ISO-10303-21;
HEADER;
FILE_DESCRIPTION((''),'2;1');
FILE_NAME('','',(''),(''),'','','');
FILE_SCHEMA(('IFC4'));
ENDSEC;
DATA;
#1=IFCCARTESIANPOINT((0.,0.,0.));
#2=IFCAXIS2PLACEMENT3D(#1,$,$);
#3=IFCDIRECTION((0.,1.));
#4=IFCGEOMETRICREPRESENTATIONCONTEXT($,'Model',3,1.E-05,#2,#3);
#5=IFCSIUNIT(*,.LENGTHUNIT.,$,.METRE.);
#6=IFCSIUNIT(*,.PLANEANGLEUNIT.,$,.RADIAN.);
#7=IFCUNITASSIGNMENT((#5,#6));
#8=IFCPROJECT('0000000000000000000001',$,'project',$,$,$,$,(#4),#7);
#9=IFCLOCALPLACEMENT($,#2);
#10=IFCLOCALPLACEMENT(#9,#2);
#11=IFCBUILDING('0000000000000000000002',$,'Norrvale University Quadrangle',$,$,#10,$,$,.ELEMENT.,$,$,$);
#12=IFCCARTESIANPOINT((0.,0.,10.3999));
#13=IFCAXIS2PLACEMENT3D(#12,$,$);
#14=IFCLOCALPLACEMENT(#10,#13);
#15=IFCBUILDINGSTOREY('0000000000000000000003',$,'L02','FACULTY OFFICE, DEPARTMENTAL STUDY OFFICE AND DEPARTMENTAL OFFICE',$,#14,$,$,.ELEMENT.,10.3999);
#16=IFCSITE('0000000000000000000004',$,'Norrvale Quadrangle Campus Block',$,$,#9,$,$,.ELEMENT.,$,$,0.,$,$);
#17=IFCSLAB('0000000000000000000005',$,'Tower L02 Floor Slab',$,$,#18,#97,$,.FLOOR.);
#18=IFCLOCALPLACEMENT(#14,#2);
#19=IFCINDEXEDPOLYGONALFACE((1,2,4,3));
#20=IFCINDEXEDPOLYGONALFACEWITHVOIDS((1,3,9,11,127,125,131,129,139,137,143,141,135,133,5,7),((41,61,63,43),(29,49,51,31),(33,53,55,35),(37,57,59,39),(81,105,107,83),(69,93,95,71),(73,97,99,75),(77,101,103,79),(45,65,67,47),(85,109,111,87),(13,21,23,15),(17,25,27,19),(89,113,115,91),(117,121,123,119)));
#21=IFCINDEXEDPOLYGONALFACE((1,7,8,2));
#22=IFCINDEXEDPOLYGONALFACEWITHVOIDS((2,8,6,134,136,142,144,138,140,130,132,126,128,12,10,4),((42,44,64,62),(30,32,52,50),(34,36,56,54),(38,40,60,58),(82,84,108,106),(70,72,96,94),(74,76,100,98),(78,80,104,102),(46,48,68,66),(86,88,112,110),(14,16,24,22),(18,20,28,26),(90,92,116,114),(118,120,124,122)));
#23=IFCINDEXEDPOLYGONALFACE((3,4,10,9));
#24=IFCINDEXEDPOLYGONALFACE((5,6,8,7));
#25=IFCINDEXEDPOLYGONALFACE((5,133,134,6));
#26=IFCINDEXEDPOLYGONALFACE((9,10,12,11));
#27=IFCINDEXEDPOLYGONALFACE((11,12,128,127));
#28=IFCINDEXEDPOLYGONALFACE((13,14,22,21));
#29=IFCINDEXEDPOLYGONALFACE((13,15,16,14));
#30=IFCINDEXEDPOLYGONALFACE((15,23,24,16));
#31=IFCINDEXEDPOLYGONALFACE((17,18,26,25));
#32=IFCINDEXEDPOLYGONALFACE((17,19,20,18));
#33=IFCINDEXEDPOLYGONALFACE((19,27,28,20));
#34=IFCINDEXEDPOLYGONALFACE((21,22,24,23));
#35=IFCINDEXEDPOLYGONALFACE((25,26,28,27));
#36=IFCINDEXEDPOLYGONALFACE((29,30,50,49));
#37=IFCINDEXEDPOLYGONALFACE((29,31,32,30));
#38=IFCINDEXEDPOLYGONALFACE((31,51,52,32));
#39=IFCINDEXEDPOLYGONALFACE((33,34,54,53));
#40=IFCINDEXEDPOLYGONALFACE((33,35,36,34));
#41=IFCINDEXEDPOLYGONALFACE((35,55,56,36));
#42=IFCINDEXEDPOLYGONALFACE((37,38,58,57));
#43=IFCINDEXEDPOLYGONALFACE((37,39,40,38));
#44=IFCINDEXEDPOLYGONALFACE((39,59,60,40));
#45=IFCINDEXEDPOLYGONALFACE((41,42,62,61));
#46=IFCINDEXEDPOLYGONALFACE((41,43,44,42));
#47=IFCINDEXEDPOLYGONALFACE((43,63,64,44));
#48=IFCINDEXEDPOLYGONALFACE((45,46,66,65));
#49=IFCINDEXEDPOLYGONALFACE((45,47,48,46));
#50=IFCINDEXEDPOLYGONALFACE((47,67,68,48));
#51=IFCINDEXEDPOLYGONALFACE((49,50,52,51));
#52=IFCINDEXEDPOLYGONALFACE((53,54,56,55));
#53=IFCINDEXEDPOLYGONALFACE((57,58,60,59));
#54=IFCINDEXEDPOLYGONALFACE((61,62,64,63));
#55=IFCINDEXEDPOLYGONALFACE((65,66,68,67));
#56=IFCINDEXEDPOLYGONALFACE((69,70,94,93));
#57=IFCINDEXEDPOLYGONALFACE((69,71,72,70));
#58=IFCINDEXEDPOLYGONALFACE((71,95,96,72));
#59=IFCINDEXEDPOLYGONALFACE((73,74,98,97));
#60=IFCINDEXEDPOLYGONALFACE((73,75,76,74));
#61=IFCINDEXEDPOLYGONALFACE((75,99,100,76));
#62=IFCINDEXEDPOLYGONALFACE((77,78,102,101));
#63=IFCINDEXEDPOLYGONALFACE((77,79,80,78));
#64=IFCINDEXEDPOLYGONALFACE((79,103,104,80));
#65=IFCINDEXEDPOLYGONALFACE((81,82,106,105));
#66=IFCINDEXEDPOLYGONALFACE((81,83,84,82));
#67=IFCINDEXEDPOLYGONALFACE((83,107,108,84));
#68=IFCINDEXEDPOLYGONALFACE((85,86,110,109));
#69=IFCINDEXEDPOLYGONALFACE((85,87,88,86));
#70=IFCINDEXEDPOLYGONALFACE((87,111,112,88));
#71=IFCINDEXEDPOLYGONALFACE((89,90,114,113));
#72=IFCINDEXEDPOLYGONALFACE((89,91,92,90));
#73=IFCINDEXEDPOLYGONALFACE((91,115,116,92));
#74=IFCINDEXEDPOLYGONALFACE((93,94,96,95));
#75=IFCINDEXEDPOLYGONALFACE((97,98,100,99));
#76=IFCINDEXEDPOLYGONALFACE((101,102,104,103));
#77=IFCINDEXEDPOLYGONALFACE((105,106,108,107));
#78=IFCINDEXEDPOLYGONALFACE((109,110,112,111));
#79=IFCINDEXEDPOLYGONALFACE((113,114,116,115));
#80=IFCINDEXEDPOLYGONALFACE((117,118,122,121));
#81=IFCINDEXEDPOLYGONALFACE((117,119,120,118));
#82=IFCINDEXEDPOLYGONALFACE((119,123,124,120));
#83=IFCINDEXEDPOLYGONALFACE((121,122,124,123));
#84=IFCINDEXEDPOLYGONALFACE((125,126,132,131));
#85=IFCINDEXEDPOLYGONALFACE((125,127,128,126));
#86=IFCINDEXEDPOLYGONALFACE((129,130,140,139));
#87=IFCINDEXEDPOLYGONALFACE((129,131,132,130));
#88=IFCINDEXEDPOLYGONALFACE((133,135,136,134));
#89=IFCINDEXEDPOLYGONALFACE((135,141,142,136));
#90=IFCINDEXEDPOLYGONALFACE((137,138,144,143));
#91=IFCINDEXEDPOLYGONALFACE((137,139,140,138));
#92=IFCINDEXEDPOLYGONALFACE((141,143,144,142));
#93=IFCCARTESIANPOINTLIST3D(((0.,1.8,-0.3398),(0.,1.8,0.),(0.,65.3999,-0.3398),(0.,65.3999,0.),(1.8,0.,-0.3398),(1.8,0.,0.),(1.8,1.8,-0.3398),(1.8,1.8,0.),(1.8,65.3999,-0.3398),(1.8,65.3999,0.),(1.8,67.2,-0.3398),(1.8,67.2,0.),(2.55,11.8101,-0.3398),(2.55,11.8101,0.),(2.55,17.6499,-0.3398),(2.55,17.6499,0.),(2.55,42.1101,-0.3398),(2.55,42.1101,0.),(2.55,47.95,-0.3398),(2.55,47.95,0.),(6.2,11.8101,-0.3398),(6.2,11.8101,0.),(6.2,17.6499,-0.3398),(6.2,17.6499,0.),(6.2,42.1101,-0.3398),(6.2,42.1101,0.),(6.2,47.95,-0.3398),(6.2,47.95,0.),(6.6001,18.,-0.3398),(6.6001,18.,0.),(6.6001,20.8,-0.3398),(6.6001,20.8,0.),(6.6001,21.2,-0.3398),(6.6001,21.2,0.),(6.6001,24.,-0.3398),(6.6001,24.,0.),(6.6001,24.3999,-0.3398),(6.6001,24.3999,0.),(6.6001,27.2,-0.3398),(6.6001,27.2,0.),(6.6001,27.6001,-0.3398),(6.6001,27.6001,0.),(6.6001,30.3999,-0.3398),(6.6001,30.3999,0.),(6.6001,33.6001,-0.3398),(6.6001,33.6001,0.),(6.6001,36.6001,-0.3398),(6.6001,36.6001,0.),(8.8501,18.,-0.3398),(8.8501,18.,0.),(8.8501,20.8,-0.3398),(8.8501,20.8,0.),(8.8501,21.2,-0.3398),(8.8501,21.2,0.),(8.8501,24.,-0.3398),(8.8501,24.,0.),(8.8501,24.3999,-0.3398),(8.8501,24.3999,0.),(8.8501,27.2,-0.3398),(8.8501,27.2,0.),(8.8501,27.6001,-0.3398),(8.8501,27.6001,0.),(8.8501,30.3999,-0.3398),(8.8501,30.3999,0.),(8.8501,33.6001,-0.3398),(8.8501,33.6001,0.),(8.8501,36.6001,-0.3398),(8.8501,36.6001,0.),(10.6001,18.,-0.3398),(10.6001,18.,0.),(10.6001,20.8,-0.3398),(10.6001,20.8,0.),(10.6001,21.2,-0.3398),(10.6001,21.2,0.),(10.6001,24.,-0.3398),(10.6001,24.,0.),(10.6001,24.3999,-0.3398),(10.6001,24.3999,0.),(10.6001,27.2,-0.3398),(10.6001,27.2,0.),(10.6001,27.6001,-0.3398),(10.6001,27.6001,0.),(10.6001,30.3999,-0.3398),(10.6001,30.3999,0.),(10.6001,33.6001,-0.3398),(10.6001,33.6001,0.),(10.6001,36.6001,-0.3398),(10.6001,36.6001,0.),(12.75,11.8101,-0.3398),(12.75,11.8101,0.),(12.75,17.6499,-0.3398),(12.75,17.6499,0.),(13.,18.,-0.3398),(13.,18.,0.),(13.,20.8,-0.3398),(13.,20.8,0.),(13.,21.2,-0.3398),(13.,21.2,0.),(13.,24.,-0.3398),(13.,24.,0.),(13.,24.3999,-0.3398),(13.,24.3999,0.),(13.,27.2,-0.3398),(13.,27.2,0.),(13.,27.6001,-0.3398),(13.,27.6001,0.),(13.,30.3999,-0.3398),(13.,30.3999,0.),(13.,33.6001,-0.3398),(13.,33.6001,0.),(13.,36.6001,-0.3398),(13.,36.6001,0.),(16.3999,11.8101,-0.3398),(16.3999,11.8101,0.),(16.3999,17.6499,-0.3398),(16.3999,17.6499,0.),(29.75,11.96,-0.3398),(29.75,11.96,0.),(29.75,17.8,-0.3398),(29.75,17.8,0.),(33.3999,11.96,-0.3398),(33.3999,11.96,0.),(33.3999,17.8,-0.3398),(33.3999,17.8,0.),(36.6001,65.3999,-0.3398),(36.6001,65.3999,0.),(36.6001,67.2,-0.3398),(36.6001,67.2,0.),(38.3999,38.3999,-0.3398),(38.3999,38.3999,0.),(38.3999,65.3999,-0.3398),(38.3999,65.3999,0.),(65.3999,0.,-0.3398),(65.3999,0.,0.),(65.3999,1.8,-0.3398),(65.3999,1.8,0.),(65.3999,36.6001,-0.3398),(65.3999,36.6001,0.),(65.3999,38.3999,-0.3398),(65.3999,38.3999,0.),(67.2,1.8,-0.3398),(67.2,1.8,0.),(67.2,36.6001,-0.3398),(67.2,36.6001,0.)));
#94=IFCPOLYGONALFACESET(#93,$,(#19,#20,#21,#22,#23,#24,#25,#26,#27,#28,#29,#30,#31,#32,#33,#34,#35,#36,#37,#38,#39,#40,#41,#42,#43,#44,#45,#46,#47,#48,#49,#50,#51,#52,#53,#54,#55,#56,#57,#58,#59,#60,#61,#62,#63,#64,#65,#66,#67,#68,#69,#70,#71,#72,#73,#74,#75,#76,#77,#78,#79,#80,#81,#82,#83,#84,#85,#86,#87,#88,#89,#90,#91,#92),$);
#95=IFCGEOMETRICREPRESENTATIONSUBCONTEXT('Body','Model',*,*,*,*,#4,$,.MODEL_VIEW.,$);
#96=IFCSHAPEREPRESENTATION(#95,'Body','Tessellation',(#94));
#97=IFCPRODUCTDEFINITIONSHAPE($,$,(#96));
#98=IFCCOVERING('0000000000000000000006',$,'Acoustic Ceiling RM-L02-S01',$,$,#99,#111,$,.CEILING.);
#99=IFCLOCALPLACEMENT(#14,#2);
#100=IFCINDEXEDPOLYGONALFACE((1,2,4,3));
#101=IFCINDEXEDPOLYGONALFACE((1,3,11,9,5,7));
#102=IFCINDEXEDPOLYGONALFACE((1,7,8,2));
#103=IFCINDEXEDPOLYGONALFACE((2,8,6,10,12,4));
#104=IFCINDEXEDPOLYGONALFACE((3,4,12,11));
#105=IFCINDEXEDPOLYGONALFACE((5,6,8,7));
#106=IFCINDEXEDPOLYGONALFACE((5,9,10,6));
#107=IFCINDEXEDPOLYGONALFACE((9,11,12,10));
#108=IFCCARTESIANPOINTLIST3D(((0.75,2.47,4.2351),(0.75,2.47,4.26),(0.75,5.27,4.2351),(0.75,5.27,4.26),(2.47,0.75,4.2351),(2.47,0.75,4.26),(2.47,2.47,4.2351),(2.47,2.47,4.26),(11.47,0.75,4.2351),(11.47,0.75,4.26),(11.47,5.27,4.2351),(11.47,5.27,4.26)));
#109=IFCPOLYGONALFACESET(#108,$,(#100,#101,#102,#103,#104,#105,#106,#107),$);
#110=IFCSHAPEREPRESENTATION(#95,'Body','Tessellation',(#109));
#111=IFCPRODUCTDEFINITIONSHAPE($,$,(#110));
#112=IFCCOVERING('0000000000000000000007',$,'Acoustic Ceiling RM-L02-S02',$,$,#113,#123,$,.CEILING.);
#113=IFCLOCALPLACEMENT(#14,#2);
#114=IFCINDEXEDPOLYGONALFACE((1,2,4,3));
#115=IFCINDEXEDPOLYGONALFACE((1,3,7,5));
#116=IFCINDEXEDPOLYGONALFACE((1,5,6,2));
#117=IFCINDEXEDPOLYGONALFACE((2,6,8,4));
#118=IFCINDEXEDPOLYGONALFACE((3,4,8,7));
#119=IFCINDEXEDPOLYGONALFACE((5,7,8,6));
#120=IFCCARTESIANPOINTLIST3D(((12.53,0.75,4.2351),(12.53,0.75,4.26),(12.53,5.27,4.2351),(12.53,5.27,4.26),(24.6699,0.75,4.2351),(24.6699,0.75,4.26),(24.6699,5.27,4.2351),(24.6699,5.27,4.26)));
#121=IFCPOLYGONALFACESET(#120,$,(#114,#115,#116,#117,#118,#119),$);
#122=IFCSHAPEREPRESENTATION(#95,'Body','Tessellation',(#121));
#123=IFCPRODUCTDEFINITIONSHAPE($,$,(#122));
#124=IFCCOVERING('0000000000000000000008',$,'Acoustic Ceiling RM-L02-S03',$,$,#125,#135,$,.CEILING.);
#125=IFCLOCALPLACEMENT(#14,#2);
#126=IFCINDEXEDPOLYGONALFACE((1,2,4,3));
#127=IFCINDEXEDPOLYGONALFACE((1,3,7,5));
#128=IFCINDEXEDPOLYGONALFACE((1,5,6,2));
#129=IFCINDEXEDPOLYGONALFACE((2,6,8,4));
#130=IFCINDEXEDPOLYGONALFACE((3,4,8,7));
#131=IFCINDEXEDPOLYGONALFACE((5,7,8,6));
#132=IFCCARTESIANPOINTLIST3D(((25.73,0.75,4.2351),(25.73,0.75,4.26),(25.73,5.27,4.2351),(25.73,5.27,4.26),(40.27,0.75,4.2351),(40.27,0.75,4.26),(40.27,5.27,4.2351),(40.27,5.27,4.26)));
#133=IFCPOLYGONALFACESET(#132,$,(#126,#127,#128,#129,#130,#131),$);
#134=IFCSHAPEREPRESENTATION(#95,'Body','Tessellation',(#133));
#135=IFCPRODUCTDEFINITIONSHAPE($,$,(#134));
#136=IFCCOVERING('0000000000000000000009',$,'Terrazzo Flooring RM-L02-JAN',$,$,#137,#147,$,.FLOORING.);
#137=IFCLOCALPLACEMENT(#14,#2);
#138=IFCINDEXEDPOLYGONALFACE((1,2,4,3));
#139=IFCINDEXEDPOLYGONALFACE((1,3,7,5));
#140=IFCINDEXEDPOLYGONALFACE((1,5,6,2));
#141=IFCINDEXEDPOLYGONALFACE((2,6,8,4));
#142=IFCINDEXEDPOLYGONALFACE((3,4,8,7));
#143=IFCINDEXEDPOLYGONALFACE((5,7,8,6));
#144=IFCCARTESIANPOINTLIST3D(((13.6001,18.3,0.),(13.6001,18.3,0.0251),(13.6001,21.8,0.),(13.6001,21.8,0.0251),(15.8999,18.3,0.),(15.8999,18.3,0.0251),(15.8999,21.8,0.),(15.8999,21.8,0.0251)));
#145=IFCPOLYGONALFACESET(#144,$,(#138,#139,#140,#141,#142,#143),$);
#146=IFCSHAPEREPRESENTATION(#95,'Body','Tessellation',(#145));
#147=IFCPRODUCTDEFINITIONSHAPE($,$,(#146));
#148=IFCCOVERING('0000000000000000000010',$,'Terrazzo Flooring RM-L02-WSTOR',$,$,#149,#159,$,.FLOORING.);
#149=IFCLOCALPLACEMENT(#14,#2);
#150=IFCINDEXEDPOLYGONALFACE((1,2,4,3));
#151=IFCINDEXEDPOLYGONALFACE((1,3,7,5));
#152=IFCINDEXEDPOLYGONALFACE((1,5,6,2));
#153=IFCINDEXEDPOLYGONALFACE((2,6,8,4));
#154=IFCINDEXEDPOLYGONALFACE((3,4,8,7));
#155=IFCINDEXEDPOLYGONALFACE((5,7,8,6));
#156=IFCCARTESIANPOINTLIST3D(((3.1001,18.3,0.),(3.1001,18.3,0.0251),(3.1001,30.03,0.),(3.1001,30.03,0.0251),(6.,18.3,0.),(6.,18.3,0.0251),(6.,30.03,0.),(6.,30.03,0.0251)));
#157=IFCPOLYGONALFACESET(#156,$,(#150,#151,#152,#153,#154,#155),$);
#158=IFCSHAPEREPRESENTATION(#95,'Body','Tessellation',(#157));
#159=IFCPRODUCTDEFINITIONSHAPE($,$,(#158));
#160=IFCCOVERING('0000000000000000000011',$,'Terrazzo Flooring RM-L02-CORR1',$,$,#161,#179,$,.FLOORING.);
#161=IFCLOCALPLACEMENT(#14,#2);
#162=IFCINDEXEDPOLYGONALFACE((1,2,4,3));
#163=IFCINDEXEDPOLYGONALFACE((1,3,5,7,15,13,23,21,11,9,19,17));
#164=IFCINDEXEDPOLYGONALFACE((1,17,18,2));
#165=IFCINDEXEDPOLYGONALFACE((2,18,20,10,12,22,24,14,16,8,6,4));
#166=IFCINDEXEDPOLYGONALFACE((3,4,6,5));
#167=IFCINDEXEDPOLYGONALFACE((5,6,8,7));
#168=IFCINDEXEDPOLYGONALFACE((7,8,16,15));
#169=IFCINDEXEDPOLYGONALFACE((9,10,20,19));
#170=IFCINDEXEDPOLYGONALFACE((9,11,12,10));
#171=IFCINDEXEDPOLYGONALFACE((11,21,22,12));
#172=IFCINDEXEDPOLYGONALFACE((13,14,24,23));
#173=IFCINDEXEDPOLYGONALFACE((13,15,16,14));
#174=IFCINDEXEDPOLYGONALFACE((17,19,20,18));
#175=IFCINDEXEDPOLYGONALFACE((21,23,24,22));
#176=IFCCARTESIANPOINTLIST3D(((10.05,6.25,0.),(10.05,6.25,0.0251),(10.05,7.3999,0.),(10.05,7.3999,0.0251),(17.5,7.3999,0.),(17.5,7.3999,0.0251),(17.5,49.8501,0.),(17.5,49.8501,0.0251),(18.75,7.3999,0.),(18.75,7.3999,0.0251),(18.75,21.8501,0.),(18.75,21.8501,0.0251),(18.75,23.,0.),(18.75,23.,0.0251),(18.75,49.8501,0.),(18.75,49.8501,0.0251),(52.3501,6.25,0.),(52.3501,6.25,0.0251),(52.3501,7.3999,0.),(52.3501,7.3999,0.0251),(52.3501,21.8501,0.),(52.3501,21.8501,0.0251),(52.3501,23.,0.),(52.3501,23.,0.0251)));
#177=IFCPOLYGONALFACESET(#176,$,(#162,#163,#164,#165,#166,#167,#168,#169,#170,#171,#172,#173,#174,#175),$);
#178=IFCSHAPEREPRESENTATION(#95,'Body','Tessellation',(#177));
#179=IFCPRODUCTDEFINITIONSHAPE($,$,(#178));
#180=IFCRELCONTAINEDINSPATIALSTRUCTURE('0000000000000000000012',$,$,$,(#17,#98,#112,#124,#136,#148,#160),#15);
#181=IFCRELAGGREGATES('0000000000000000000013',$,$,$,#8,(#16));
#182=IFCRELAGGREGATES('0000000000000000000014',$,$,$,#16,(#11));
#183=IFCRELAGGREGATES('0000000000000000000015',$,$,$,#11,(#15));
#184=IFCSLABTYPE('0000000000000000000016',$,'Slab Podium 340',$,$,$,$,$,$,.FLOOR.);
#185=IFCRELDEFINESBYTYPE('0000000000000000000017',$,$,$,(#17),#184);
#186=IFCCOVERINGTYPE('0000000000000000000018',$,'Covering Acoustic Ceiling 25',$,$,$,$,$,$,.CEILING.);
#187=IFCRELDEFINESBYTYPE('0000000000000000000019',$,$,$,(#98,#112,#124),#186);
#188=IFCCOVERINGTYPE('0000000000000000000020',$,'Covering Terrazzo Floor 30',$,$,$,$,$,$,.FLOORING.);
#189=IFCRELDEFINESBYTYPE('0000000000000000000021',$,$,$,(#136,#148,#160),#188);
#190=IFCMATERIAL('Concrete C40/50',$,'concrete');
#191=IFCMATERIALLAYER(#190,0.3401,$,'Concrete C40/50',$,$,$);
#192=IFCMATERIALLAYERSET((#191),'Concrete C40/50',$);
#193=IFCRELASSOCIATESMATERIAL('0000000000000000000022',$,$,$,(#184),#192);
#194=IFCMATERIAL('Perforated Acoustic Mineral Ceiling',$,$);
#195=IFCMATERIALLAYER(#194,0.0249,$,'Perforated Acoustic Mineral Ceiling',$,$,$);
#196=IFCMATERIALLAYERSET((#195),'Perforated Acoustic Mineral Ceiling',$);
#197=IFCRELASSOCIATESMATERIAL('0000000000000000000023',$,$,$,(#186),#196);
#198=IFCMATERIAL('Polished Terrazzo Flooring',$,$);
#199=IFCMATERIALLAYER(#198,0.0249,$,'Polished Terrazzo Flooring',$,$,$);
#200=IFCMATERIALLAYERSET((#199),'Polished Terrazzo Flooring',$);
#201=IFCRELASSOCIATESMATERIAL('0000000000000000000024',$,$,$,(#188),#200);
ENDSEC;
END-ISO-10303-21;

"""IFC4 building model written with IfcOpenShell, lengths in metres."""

from ifc_helpers import new_model, si_unit, direction, frame, origin, place, context, subcontext, project, spatial, polyline, outline, extrude, material, layer, layer_set, type_object, element, save


model = new_model("IFC4")

# Units and contexts
model_context = context("Model", 3, precision=1e-05, world=origin(), true_north=direction((0.0, 1.0)))
body_context = subcontext(model_context, "Body", "Model", "MODEL_VIEW")
ifc_project = project(units=[si_unit("LENGTHUNIT", "METRE"), si_unit("PLANEANGLEUNIT", "RADIAN")], contexts=[model_context])

# Site, building, storey
site_placement = place(None, origin())
site = spatial("IfcSite", under=ifc_project, at=site_placement, Name="Norrvale Quadrangle Campus Block", CompositionType="ELEMENT", RefElevation=0.0)
building_placement = place(site_placement, origin())
building = spatial("IfcBuilding", under=site, at=building_placement, Name="Norrvale University Quadrangle", CompositionType="ELEMENT")
storey_placement = place(building_placement, frame((0.0, 0.0, 10.3999)))
storey = spatial("IfcBuildingStorey", under=building, at=storey_placement, Name="L02", Description="FACULTY OFFICE, DEPARTMENTAL STUDY OFFICE AND DEPARTMENTAL OFFICE", CompositionType="ELEMENT", Elevation=10.3999)

# Shared definitions
ifc_material_1 = material(Name="Concrete C40/50", Category="concrete")

# Slab
ifc_layer_1 = layer(ifc_material_1, 0.3401, Name="Concrete C40/50")
ifc_layer_set_1 = layer_set([ifc_layer_1], Name="Concrete C40/50")
slab_type_1 = type_object("IfcSlabType", Name="Slab Podium 340", PredefinedType="FLOOR", material=ifc_layer_set_1)
slab_1_placement = place(storey_placement, frame((0.0, 0.0, -0.3398)))
element("IfcSlab", 1, at=slab_1_placement, inside=storey, type_object=slab_type_1, Name="Tower L02 Floor Slab", PredefinedType="FLOOR", context=body_context, shape_type="SweptSolid", body=[
    extrude(outline(polyline([(1.8, 0.0), (65.3999, 0.0), (65.3999, 1.8), (67.2, 1.8), (67.2, 36.6001), (65.3999, 36.6001), (65.3999, 38.3999), (38.3999, 38.3999), (38.3999, 65.3999), (36.6001, 65.3999), (36.6001, 67.2), (1.8, 67.2), (1.8, 65.3999), (0.0, 65.3999), (0.0, 1.8), (1.8, 1.8), (1.8, 0.0)]), holes=[polyline([(2.55, 11.8101), (6.2, 11.8101), (6.2, 17.6499), (2.55, 17.6499), (2.55, 11.8101)]), polyline([(2.55, 42.1101), (6.2, 42.1101), (6.2, 47.95), (2.55, 47.95), (2.55, 42.1101)]), polyline([(12.75, 11.8101), (16.3999, 11.8101), (16.3999, 17.6499), (12.75, 17.6499), (12.75, 11.8101)]), polyline([(29.75, 11.96), (33.3999, 11.96), (33.3999, 17.8), (29.75, 17.8), (29.75, 11.96)]), polyline([(6.6001, 18.0), (8.8501, 18.0), (8.8501, 20.8), (6.6001, 20.8), (6.6001, 18.0)]), polyline([(6.6001, 21.2), (8.8501, 21.2), (8.8501, 24.0), (6.6001, 24.0), (6.6001, 21.2)]), polyline([(6.6001, 24.3999), (8.8501, 24.3999), (8.8501, 27.2), (6.6001, 27.2), (6.6001, 24.3999)]), polyline([(6.6001, 27.6001), (8.8501, 27.6001), (8.8501, 30.3999), (6.6001, 30.3999), (6.6001, 27.6001)]), polyline([(10.6001, 18.0), (13.0, 18.0), (13.0, 20.8), (10.6001, 20.8), (10.6001, 18.0)]), polyline([(10.6001, 21.2), (13.0, 21.2), (13.0, 24.0), (10.6001, 24.0), (10.6001, 21.2)]), polyline([(10.6001, 24.3999), (13.0, 24.3999), (13.0, 27.2), (10.6001, 27.2), (10.6001, 24.3999)]), polyline([(10.6001, 27.6001), (13.0, 27.6001), (13.0, 30.3999), (10.6001, 30.3999), (10.6001, 27.6001)]), polyline([(6.6001, 33.6001), (8.8501, 33.6001), (8.8501, 36.6001), (6.6001, 36.6001), (6.6001, 33.6001)]), polyline([(10.6001, 33.6001), (13.0, 33.6001), (13.0, 36.6001), (10.6001, 36.6001), (10.6001, 33.6001)])]), origin(), (0.0, 0.0, 1.0), 0.3398),
])

# Coverings
ifc_material_2 = material(Name="Perforated Acoustic Mineral Ceiling")
ifc_layer_2 = layer(ifc_material_2, 0.0249, Name="Perforated Acoustic Mineral Ceiling")
ifc_layer_set_2 = layer_set([ifc_layer_2], Name="Perforated Acoustic Mineral Ceiling")
covering_type_1 = type_object("IfcCoveringType", Name="Covering Acoustic Ceiling 25", PredefinedType="CEILING", material=ifc_layer_set_2)
covering_1_placement = place(storey_placement, frame((0.0, 0.0, 4.2351)))
element("IfcCovering", 2, at=covering_1_placement, inside=storey, type_object=covering_type_1, Name="Acoustic Ceiling RM-L02-S01", PredefinedType="CEILING", context=body_context, shape_type="SweptSolid", body=[
    extrude(outline(polyline([(0.75, 5.27), (11.47, 5.27), (11.47, 0.75), (2.47, 0.75), (2.47, 2.47), (0.75, 2.47), (0.75, 5.27)])), origin(), (0.0, 0.0, 1.0), 0.0249),
])
covering_2_placement = place(storey_placement, frame((0.0, 0.0, 4.2351)))
element("IfcCovering", 3, at=covering_2_placement, inside=storey, type_object=covering_type_1, Name="Acoustic Ceiling RM-L02-S02", PredefinedType="CEILING", context=body_context, shape_type="SweptSolid", body=[
    extrude(outline(polyline([(12.53, 5.27), (24.6699, 5.27), (24.6699, 0.75), (12.53, 0.75), (12.53, 5.27)])), origin(), (0.0, 0.0, 1.0), 0.0249),
])
covering_3_placement = place(storey_placement, frame((0.0, 0.0, 4.2351)))
element("IfcCovering", 4, at=covering_3_placement, inside=storey, type_object=covering_type_1, Name="Acoustic Ceiling RM-L02-S03", PredefinedType="CEILING", context=body_context, shape_type="SweptSolid", body=[
    extrude(outline(polyline([(25.73, 5.27), (40.27, 5.27), (40.27, 0.75), (25.73, 0.75), (25.73, 5.27)])), origin(), (0.0, 0.0, 1.0), 0.0249),
])
ifc_material_3 = material(Name="Polished Terrazzo Flooring")
ifc_layer_3 = layer(ifc_material_3, 0.0249, Name="Polished Terrazzo Flooring")
ifc_layer_set_3 = layer_set([ifc_layer_3], Name="Polished Terrazzo Flooring")
covering_type_2 = type_object("IfcCoveringType", Name="Covering Terrazzo Floor 30", PredefinedType="FLOORING", material=ifc_layer_set_3)
covering_4_placement = place(storey_placement, origin())
element("IfcCovering", 5, at=covering_4_placement, inside=storey, type_object=covering_type_2, Name="Terrazzo Flooring RM-L02-JAN", PredefinedType="FLOORING", context=body_context, shape_type="SweptSolid", body=[
    extrude(outline(polyline([(13.6001, 18.3), (13.6001, 21.8), (15.8999, 21.8), (15.8999, 18.3), (13.6001, 18.3)])), origin(), (0.0, 0.0, 1.0), 0.0251),
])
covering_5_placement = place(storey_placement, origin())
element("IfcCovering", 6, at=covering_5_placement, inside=storey, type_object=covering_type_2, Name="Terrazzo Flooring RM-L02-WSTOR", PredefinedType="FLOORING", context=body_context, shape_type="SweptSolid", body=[
    extrude(outline(polyline([(3.1001, 18.3), (3.1001, 30.03), (6.0, 30.03), (6.0, 18.3), (3.1001, 18.3)])), origin(), (0.0, 0.0, 1.0), 0.0251),
])
covering_6_placement = place(storey_placement, origin())
element("IfcCovering", 7, at=covering_6_placement, inside=storey, type_object=covering_type_2, Name="Terrazzo Flooring RM-L02-CORR1", PredefinedType="FLOORING", context=body_context, shape_type="SweptSolid", body=[
    extrude(outline(polyline([(10.05, 6.25), (10.05, 7.3999), (17.5, 7.3999), (17.5, 49.8501), (18.75, 49.8501), (18.75, 23.0), (52.3501, 23.0), (52.3501, 21.8501), (18.75, 21.8501), (18.75, 7.3999), (52.3501, 7.3999), (52.3501, 6.25), (10.05, 6.25)])), origin(), (0.0, 0.0, 1.0), 0.0251),
])

save(model, "model.ifc")
